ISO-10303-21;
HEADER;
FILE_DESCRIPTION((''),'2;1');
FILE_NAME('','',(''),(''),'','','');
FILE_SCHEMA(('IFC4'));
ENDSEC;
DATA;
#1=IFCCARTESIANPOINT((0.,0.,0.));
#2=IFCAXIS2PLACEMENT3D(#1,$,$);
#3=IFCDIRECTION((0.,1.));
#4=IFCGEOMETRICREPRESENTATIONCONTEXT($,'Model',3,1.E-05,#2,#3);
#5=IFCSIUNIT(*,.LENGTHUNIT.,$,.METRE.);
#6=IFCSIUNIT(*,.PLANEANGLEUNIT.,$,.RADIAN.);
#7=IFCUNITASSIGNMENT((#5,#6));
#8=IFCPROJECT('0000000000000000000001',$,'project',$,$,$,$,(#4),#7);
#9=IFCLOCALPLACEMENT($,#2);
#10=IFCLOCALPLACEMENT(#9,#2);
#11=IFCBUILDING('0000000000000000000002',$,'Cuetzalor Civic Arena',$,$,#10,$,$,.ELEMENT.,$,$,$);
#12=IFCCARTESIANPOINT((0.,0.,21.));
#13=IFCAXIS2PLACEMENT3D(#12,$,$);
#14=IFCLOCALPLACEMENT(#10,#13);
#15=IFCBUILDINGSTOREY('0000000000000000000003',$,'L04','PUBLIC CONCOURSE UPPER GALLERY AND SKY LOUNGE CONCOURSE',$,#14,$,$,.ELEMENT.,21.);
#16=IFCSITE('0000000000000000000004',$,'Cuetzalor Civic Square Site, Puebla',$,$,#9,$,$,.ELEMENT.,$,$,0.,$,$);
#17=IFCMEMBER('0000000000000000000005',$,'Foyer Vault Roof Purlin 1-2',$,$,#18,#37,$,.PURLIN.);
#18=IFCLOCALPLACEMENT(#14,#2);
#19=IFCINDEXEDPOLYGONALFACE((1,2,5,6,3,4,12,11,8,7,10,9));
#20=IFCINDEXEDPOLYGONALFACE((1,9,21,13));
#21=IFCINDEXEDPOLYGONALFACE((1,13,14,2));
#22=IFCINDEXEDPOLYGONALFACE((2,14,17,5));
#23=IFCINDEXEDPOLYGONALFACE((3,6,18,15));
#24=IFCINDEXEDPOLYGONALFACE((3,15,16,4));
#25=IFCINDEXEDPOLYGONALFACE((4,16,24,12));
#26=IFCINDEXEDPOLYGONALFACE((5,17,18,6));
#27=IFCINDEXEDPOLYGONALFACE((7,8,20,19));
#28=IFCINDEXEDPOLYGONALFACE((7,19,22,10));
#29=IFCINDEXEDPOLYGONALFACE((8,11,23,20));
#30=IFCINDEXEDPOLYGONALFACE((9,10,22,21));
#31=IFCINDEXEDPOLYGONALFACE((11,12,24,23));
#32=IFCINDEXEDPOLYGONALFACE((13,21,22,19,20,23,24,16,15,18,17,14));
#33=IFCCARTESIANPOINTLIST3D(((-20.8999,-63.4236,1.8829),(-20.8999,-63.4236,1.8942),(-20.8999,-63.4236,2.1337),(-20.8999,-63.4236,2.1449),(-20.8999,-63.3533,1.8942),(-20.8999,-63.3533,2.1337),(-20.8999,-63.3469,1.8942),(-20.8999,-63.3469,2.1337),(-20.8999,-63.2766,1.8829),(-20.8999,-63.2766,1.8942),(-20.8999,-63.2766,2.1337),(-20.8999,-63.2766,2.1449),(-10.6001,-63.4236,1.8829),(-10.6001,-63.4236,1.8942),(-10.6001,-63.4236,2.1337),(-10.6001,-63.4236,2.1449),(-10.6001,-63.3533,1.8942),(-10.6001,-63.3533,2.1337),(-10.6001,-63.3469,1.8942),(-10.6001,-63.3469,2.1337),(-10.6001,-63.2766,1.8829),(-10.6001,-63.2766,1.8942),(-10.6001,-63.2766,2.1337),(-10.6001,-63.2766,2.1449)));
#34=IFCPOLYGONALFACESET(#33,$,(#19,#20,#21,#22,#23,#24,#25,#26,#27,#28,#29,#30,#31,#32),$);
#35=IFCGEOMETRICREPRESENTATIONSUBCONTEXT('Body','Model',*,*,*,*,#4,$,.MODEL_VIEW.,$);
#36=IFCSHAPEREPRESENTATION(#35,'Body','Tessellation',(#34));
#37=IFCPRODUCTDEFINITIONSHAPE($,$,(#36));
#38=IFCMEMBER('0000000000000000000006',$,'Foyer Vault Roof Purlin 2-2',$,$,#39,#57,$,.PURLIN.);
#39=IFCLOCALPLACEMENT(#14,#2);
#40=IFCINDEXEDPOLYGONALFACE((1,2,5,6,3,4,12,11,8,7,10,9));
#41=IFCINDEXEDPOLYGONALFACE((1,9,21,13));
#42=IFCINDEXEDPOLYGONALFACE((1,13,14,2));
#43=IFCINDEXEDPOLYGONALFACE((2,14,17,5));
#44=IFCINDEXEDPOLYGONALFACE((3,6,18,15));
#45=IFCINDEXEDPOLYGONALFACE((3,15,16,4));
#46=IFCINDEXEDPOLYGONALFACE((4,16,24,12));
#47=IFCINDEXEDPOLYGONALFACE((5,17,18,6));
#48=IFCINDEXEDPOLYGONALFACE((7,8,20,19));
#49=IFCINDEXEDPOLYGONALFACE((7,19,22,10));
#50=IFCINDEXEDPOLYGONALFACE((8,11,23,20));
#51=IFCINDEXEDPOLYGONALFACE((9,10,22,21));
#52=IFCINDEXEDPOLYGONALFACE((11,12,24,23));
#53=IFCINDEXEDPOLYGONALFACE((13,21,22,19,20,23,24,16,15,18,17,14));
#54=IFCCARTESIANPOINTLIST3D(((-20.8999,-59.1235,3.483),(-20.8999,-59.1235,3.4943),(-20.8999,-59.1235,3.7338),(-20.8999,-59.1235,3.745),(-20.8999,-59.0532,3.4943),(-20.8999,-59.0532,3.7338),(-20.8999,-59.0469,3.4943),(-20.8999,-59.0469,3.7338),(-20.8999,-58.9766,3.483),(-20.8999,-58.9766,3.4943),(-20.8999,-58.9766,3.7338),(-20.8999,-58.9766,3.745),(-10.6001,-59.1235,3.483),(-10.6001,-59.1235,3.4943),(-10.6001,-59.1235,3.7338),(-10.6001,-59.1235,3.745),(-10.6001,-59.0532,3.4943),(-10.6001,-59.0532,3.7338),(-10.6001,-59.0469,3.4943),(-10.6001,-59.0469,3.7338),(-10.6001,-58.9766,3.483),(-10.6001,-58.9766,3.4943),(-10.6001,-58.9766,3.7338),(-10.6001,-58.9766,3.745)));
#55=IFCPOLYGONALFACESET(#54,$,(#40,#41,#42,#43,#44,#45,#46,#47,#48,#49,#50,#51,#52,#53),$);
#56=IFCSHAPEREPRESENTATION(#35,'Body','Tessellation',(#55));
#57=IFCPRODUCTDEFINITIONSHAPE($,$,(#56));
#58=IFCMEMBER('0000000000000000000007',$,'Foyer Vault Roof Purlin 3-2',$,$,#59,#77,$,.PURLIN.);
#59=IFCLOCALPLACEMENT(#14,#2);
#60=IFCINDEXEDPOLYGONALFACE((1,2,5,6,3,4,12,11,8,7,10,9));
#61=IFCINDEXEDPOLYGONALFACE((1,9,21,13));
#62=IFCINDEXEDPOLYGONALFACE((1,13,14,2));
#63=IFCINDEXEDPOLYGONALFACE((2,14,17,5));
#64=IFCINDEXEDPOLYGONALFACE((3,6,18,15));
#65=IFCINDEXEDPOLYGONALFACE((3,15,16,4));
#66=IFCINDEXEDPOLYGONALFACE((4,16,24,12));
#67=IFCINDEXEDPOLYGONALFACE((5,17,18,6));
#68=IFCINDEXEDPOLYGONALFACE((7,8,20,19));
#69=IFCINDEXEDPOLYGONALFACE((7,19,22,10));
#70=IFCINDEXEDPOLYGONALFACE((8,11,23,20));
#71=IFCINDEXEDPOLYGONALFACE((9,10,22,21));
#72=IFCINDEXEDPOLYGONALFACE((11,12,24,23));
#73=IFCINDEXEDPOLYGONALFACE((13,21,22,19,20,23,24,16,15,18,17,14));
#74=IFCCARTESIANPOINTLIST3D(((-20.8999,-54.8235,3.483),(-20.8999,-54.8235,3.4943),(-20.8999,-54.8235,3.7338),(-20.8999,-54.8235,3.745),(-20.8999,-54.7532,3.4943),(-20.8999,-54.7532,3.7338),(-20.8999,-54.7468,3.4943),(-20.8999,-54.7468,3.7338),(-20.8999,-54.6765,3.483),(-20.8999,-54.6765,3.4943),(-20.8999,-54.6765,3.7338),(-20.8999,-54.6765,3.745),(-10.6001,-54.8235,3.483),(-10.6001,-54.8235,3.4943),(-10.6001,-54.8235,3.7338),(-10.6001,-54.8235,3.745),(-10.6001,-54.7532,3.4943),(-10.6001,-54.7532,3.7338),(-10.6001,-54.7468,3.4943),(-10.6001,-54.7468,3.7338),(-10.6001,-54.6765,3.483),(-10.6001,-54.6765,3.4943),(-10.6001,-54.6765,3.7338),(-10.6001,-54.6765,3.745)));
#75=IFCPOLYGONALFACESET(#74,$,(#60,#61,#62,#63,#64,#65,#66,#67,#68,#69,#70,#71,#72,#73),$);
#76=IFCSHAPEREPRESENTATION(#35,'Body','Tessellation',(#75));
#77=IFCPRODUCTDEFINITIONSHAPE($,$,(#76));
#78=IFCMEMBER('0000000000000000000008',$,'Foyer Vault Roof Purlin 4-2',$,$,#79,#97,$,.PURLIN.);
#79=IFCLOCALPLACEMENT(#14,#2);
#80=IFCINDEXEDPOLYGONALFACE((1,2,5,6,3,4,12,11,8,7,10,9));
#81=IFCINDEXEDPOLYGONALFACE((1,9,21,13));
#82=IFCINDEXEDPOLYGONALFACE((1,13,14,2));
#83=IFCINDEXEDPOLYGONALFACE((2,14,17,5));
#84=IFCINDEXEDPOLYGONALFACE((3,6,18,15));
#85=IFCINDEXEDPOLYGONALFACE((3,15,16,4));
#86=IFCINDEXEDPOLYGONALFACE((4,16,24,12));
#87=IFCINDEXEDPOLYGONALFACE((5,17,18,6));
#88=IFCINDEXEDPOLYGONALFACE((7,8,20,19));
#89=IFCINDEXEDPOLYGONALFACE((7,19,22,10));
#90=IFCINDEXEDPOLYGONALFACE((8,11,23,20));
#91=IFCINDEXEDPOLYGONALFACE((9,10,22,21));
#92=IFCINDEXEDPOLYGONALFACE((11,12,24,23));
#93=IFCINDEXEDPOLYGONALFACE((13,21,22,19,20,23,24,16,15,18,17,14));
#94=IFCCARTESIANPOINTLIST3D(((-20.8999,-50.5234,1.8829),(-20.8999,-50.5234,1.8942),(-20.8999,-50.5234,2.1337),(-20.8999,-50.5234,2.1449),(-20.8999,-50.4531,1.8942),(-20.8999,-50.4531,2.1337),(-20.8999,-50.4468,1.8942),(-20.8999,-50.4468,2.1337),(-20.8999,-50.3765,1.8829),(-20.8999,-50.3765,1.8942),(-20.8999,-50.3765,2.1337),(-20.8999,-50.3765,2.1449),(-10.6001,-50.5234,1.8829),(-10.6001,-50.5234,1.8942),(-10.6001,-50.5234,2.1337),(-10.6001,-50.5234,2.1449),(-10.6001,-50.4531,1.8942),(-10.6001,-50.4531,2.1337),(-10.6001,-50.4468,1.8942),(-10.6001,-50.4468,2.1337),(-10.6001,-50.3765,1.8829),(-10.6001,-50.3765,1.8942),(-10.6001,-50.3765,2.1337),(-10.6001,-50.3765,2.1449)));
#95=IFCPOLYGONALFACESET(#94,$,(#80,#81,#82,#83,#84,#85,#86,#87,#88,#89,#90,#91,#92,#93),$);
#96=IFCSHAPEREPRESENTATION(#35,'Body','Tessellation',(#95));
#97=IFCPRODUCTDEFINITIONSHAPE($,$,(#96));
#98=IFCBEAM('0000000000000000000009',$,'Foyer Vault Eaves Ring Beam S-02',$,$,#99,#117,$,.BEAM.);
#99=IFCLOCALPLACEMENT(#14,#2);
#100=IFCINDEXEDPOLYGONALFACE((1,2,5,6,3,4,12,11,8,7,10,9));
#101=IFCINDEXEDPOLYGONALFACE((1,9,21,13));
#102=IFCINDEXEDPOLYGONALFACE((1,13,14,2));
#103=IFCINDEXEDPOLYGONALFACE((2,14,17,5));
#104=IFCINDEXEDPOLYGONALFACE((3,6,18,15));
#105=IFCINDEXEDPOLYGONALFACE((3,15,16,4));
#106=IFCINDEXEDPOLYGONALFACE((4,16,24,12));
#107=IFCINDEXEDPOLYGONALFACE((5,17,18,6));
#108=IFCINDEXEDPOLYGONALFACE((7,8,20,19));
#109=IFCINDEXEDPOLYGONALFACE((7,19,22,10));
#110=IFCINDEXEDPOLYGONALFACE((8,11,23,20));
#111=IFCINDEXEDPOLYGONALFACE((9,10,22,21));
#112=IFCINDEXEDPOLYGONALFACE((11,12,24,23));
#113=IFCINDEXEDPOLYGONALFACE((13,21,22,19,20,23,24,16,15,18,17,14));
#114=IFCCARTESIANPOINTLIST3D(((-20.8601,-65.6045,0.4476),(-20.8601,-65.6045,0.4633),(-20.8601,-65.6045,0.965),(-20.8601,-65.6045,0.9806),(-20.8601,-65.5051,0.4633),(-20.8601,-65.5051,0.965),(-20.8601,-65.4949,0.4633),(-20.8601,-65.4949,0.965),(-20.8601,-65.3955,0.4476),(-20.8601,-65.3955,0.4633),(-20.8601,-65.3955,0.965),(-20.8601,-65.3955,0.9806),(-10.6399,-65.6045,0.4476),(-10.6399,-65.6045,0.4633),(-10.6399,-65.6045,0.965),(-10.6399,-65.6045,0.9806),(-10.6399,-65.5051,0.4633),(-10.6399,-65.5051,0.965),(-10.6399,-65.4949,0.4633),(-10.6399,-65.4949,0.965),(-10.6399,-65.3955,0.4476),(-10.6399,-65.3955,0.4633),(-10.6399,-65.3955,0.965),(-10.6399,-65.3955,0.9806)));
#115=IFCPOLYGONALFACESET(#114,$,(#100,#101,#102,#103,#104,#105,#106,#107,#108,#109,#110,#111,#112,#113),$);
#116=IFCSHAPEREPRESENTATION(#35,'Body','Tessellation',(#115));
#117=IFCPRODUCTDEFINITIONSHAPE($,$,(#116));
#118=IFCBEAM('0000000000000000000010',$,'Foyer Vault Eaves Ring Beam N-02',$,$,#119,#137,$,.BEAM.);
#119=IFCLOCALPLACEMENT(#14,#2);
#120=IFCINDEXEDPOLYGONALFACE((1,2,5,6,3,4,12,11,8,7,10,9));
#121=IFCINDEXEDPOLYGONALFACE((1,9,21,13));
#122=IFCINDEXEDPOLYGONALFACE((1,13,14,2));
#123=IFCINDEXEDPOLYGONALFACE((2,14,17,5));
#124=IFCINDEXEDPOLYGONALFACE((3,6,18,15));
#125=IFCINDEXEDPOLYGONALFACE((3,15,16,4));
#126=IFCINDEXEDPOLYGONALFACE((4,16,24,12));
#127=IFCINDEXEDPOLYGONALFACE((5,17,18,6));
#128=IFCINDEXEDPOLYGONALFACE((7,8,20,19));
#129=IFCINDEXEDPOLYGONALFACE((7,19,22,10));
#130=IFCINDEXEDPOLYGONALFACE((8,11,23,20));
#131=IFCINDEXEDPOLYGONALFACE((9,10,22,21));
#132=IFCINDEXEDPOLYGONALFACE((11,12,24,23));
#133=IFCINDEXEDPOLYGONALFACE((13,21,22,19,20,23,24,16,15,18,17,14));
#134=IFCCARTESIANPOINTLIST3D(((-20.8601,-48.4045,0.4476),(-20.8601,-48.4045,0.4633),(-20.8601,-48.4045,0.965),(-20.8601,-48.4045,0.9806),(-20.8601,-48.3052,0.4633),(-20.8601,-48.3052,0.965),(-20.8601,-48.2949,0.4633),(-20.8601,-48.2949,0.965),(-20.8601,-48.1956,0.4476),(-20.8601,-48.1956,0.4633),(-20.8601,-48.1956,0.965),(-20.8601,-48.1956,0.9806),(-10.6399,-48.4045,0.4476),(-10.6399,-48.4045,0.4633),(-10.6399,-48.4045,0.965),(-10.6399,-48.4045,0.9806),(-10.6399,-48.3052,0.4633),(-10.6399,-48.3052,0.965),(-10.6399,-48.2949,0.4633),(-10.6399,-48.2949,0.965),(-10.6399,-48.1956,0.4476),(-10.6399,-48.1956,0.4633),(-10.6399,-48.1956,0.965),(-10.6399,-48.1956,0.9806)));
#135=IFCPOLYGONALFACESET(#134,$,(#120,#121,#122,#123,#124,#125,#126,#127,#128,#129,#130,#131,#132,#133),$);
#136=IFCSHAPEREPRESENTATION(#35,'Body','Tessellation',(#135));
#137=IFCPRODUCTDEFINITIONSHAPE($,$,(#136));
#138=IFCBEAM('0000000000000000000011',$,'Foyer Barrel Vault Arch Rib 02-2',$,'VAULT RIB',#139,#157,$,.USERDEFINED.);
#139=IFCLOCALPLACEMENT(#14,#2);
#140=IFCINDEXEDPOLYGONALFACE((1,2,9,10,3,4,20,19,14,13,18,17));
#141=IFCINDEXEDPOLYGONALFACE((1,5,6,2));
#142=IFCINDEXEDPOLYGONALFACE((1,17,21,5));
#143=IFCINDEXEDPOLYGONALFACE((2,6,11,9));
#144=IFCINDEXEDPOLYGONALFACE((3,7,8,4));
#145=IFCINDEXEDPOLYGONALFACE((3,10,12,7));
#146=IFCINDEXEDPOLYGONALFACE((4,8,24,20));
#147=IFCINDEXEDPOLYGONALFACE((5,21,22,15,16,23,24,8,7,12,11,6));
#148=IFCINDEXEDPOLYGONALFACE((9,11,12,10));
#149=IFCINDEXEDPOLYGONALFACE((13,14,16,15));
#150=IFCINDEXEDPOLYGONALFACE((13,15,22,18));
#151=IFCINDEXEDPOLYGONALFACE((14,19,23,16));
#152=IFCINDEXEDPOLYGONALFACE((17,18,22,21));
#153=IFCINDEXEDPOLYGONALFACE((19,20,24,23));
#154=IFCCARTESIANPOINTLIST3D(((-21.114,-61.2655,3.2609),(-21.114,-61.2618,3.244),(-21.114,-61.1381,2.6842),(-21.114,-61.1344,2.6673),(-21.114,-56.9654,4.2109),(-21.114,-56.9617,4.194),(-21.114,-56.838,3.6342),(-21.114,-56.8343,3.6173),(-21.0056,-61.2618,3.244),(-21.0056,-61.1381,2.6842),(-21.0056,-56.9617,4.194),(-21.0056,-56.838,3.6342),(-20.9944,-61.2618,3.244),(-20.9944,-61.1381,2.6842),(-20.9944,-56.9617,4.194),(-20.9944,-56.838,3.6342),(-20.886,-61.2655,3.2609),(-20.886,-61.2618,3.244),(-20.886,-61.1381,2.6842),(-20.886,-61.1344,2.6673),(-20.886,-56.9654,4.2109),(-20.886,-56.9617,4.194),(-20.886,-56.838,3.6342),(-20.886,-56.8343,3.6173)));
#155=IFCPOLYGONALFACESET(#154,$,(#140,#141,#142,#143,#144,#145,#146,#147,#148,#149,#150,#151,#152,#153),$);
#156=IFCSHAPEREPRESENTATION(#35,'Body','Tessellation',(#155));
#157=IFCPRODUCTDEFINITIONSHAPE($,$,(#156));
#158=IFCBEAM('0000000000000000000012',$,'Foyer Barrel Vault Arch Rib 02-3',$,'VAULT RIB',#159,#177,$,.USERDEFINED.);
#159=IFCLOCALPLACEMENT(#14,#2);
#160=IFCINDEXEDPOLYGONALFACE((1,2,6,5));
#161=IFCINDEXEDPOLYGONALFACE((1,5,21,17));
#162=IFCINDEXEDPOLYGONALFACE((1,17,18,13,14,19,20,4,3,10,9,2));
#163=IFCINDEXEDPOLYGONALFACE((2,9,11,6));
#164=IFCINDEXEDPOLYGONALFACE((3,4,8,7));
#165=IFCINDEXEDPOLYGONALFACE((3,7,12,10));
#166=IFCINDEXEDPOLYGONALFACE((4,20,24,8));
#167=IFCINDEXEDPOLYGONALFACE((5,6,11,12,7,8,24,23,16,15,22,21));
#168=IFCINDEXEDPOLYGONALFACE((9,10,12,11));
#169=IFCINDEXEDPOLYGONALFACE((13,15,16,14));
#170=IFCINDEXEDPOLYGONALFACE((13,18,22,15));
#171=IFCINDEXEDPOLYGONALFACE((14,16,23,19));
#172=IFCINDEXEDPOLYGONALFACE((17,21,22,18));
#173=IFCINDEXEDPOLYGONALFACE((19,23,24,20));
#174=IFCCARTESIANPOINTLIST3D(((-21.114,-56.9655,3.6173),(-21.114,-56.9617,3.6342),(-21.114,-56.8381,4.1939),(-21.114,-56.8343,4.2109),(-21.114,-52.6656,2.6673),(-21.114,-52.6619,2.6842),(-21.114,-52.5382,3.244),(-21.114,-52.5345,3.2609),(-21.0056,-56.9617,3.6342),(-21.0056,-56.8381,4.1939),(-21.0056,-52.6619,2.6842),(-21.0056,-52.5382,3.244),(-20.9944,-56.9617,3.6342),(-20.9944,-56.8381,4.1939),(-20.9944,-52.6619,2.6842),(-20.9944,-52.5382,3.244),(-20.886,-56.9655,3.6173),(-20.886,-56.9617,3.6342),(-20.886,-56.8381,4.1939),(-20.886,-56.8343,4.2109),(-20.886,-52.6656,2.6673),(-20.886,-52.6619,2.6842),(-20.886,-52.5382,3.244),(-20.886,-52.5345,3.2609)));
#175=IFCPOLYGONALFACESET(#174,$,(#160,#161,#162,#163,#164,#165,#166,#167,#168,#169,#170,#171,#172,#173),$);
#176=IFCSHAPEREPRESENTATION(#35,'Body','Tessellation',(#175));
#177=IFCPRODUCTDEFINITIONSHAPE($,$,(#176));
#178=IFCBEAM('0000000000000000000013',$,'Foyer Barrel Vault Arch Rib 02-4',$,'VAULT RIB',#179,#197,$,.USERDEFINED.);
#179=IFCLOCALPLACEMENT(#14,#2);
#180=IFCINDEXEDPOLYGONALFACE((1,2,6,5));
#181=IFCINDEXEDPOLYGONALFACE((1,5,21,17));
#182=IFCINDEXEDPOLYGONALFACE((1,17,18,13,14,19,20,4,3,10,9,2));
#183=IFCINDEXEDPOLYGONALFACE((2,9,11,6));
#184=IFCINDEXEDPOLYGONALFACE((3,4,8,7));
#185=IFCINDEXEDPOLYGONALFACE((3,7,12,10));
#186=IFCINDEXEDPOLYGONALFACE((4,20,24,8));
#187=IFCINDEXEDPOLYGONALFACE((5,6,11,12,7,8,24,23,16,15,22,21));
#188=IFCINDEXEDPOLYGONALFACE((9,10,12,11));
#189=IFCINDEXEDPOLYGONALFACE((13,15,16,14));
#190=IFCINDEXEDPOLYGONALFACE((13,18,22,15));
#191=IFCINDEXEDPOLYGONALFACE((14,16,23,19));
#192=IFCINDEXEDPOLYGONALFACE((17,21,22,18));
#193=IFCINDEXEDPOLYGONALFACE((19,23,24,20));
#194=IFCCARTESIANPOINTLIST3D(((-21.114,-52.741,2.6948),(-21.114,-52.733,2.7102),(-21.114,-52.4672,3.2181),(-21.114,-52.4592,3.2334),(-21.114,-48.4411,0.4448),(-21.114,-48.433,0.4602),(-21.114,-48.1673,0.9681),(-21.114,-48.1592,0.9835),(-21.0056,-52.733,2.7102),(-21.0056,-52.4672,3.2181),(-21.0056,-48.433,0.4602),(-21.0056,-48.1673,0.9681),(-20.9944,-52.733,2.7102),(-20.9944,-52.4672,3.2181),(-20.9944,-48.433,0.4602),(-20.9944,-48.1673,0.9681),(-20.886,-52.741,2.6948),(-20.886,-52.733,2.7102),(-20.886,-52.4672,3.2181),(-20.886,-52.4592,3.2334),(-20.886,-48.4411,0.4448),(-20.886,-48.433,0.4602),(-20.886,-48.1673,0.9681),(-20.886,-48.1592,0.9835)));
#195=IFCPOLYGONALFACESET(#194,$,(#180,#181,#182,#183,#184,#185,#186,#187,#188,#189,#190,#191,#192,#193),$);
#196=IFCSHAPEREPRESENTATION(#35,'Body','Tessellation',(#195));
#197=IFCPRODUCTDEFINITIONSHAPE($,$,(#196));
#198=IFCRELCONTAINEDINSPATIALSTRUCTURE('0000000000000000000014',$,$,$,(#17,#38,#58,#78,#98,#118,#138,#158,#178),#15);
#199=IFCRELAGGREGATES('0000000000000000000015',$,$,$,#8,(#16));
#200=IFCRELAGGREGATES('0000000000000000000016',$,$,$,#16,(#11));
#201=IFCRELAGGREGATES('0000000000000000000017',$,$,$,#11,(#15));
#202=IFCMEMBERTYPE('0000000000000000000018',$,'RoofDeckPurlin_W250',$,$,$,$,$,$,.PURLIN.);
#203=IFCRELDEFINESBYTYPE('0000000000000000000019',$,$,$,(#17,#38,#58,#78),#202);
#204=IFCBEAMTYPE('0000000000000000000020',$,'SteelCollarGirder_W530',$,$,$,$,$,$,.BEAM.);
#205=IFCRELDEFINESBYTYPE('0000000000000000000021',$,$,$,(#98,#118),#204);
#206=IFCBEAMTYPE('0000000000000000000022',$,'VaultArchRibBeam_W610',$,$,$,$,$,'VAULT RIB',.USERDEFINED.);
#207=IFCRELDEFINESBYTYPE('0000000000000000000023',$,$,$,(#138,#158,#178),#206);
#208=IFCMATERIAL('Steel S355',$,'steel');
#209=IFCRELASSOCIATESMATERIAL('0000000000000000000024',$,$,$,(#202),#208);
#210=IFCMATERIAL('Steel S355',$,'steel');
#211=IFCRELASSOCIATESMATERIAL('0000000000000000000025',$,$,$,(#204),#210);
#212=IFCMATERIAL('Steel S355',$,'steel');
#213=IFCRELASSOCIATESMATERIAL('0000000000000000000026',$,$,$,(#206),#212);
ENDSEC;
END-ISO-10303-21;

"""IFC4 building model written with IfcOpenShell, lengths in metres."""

from ifc_helpers import new_model, si_unit, direction, frame, origin, origin_2d, place, context, subcontext, project, spatial, i_section, extrude, material, material_profile, profile_set, type_object, element, save


model = new_model("IFC4")

# Units and contexts
model_context = context("Model", 3, precision=1e-05, world=origin(), true_north=direction((0.0, 1.0)))
body_context = subcontext(model_context, "Body", "Model", "MODEL_VIEW")
ifc_project = project(units=[si_unit("LENGTHUNIT", "METRE"), si_unit("PLANEANGLEUNIT", "RADIAN")], contexts=[model_context])

# Site, building, storey
site_placement = place(None, origin())
site = spatial("IfcSite", under=ifc_project, at=site_placement, Name="Cuetzalor Civic Square Site, Puebla", CompositionType="ELEMENT", RefElevation=0.0)
building_placement = place(site_placement, origin())
building = spatial("IfcBuilding", under=site, at=building_placement, Name="Cuetzalor Civic Arena", CompositionType="ELEMENT")
storey_placement = place(building_placement, frame((0.0, 0.0, 21.0)))
storey = spatial("IfcBuildingStorey", under=building, at=storey_placement, Name="L04", Description="PUBLIC CONCOURSE UPPER GALLERY AND SKY LOUNGE CONCOURSE", CompositionType="ELEMENT", Elevation=21.0)

# Members
ifc_material_1 = material(Name="Steel S355", Category="steel")
ifc_material_profile_1 = material_profile(ifc_material_1, i_section(OverallWidth=0.147, OverallDepth=0.262, WebThickness=0.0063, FlangeThickness=0.0112, at=origin_2d()), Name="W250x39")
ifc_profile_set_1 = profile_set([ifc_material_profile_1], Name="Steel S355")
member_type_1 = type_object("IfcMemberType", Name="RoofDeckPurlin_W250", PredefinedType="PURLIN", material=ifc_profile_set_1)
for number, where, z_axis, x_axis, name in (
    (1, (-20.8999, -63.3501, 2.0139), (1.0, 0.0, 0.0), (0.0, 1.0, 0.0), "Foyer Vault Roof Purlin 1-2"),
    (2, (-20.8999, -59.05, 3.614), (1.0, 0.0, 0.0), (0.0, 1.0, 0.0), "Foyer Vault Roof Purlin 2-2"),
    (3, (-20.8999, -54.75, 3.614), (1.0, 0.0, 0.0), (0.0, 1.0, 0.0), "Foyer Vault Roof Purlin 3-2"),
    (4, (-20.8999, -50.45, 2.0139), (1.0, 0.0, 0.0), (0.0, 1.0, 0.0), "Foyer Vault Roof Purlin 4-2"),
):
    element("IfcMember", number, at=place(storey_placement, frame(where, z_axis=z_axis, x_axis=x_axis)), inside=storey, type_object=member_type_1, Name=name, PredefinedType="PURLIN", context=body_context, shape_type="SweptSolid", body=[
        extrude(i_section(OverallWidth=0.147, OverallDepth=0.262, WebThickness=0.0063, FlangeThickness=0.0112, at=origin_2d()), origin(), (0.0, 0.0, 1.0), 10.2998),
    ])

# Beams
ifc_material_2 = material(Name="Steel S355", Category="steel")
ifc_material_profile_2 = material_profile(ifc_material_2, i_section(OverallWidth=0.209, OverallDepth=0.533, WebThickness=0.0103, FlangeThickness=0.0156, at=origin_2d()), Name="W530x92")
ifc_profile_set_2 = profile_set([ifc_material_profile_2], Name="Steel S355")
beam_type_1 = type_object("IfcBeamType", Name="SteelCollarGirder_W530", PredefinedType="BEAM", material=ifc_profile_set_2)
for number, where, z_axis, x_axis, name in (
    (5, (-20.8601, -65.5, 0.7141), (1.0, 0.0, 0.0), (0.0, 1.0, 0.0), "Foyer Vault Eaves Ring Beam S-02"),
    (6, (-20.8601, -48.3, 0.7141), (1.0, 0.0, 0.0), (0.0, 1.0, 0.0), "Foyer Vault Eaves Ring Beam N-02"),
):
    element("IfcBeam", number, at=place(storey_placement, frame(where, z_axis=z_axis, x_axis=x_axis)), inside=storey, type_object=beam_type_1, Name=name, PredefinedType="BEAM", context=body_context, shape_type="SweptSolid", body=[
        extrude(i_section(OverallWidth=0.209, OverallDepth=0.533, WebThickness=0.0103, FlangeThickness=0.0156, at=origin_2d()), origin(), (0.0, 0.0, 1.0), 10.2202),
    ])
ifc_material_3 = material(Name="Steel S355", Category="steel")
ifc_material_profile_3 = material_profile(ifc_material_3, i_section(OverallWidth=0.228, OverallDepth=0.6079, WebThickness=0.0112, FlangeThickness=0.0173, at=origin_2d()), Name="W610x113")
ifc_profile_set_3 = profile_set([ifc_material_profile_3], Name="Steel S355")
beam_type_2 = type_object("IfcBeamType", Name="VaultArchRibBeam_W610", ElementType="VAULT RIB", PredefinedType="USERDEFINED", material=ifc_profile_set_3)
beam_1_placement = place(storey_placement, frame((-21.0, -61.2, 2.9641), z_axis=(0.0, 0.976456, 0.215715), x_axis=(-1.0, 0.0, 0.0)))
element("IfcBeam", 7, at=beam_1_placement, inside=storey, type_object=beam_type_2, Name="Foyer Barrel Vault Arch Rib 02-2", ObjectType="VAULT RIB", PredefinedType="USERDEFINED", context=body_context, shape_type="SweptSolid", body=[
    extrude(i_section(OverallWidth=0.228, OverallDepth=0.6079, WebThickness=0.0112, FlangeThickness=0.0173, at=origin_2d()), origin(), (0.0, 0.0, 1.0), 4.4038),
])
beam_2_placement = place(storey_placement, frame((-21.0, -56.8999, 3.9141), z_axis=(0.0, 0.976454, -0.215727), x_axis=(-1.0, 0.0, 0.0)))
element("IfcBeam", 8, at=beam_2_placement, inside=storey, type_object=beam_type_2, Name="Foyer Barrel Vault Arch Rib 02-3", ObjectType="VAULT RIB", PredefinedType="USERDEFINED", context=body_context, shape_type="SweptSolid", body=[
    extrude(i_section(OverallWidth=0.228, OverallDepth=0.6079, WebThickness=0.0112, FlangeThickness=0.0173, at=origin_2d()), origin(), (0.0, 0.0, 1.0), 4.4036),
])
beam_3_placement = place(storey_placement, frame((-21.0, -52.6001, 2.9641), z_axis=(0.0, 0.886035, -0.463618), x_axis=(-1.0, 0.0, 0.0)))
element("IfcBeam", 9, at=beam_3_placement, inside=storey, type_object=beam_type_2, Name="Foyer Barrel Vault Arch Rib 02-4", ObjectType="VAULT RIB", PredefinedType="USERDEFINED", context=body_context, shape_type="SweptSolid", body=[
    extrude(i_section(OverallWidth=0.228, OverallDepth=0.6079, WebThickness=0.0112, FlangeThickness=0.0173, at=origin_2d()), origin(), (0.0, 0.0, 1.0), 4.853),
])

save(model, "model.ifc")
